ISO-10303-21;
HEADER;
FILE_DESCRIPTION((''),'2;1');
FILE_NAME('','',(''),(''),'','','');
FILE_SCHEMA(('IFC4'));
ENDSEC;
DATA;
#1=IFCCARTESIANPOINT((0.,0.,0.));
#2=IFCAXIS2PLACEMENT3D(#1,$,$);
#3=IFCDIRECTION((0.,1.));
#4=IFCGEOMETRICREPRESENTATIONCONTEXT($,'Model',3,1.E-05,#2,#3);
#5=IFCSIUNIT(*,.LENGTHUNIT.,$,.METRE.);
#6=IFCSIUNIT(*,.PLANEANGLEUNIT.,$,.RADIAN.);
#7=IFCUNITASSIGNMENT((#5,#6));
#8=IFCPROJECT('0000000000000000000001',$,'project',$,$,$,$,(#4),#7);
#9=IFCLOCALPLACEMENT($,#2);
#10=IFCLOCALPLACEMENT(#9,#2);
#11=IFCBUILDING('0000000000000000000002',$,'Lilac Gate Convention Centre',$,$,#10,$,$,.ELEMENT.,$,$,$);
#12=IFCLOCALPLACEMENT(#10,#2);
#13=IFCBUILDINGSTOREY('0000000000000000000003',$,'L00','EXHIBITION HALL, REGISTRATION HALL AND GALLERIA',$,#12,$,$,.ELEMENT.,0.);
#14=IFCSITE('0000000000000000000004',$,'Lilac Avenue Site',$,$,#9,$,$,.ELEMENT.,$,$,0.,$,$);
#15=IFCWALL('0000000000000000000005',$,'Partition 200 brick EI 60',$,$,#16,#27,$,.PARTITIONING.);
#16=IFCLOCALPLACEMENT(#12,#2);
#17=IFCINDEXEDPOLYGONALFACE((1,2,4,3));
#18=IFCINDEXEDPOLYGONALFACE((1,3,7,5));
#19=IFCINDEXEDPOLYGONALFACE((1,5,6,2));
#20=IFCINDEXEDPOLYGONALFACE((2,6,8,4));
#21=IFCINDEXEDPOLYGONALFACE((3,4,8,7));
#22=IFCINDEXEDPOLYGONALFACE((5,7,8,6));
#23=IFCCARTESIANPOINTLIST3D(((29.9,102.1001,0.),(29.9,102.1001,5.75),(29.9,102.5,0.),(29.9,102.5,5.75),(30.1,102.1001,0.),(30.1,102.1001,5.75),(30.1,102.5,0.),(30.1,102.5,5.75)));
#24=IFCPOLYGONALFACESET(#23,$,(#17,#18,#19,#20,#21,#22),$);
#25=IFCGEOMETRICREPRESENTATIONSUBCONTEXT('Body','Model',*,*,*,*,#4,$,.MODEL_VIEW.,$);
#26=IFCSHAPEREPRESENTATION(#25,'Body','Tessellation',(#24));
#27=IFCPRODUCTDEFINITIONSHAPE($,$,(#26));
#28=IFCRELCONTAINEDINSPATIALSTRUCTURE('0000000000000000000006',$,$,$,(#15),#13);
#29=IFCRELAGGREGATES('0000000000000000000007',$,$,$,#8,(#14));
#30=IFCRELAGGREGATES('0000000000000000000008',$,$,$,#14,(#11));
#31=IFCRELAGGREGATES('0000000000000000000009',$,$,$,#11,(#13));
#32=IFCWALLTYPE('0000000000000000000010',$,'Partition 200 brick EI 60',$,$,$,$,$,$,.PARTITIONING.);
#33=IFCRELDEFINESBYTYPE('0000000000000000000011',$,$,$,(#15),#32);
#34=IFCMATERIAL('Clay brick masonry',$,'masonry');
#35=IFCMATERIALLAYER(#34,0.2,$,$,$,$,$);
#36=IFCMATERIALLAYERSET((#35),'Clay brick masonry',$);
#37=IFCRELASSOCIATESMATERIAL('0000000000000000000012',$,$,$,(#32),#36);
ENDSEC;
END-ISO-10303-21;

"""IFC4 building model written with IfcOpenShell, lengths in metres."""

from ifc_helpers import new_model, si_unit, direction, frame, frame_2d, origin, place, context, subcontext, project, spatial, rectangle, extrude, material, layer, layer_set, type_object, element, save


model = new_model("IFC4")

# Units and contexts
model_context = context("Model", 3, precision=1e-05, world=origin(), true_north=direction((0.0, 1.0)))
body_context = subcontext(model_context, "Body", "Model", "MODEL_VIEW")
ifc_project = project(units=[si_unit("LENGTHUNIT", "METRE"), si_unit("PLANEANGLEUNIT", "RADIAN")], contexts=[model_context])

# Site, building, storey
site_placement = place(None, origin())
site = spatial("IfcSite", under=ifc_project, at=site_placement, Name="Lilac Avenue Site", CompositionType="ELEMENT", RefElevation=0.0)
building_placement = place(site_placement, origin())
building = spatial("IfcBuilding", under=site, at=building_placement, Name="Lilac Gate Convention Centre", CompositionType="ELEMENT")
storey_placement = place(building_placement, origin())
storey = spatial("IfcBuildingStorey", under=building, at=storey_placement, Name="L00", Description="EXHIBITION HALL, REGISTRATION HALL AND GALLERIA", CompositionType="ELEMENT", Elevation=0.0)

# Shared definitions
ifc_material_1 = material(Name="Clay brick masonry", Category="masonry")

# Shared definitions
ifc_layer_1 = layer(ifc_material_1, 0.2)
ifc_layer_set_1 = layer_set([ifc_layer_1], Name="Clay brick masonry")
wall_type_1 = type_object("IfcWallType", Name="Partition 200 brick EI 60", PredefinedType="PARTITIONING", material=ifc_layer_set_1)

# Wall
wall_1_placement = place(storey_placement, frame((30.0, 102.1001, 0.0), z_axis=(0.0, 0.0, 1.0), x_axis=(0.0, 1.0, 0.0)))
element("IfcWall", 1, at=wall_1_placement, inside=storey, type_object=wall_type_1, Name="Partition 200 brick EI 60", PredefinedType="PARTITIONING", context=body_context, shape_type="SweptSolid", body=[
    extrude(rectangle(XDim=0.3999, YDim=0.2, at=frame_2d((0.2, 0.0))), origin(), (0.0, 0.0, 1.0), 5.75),
])

save(model, "model.ifc")
